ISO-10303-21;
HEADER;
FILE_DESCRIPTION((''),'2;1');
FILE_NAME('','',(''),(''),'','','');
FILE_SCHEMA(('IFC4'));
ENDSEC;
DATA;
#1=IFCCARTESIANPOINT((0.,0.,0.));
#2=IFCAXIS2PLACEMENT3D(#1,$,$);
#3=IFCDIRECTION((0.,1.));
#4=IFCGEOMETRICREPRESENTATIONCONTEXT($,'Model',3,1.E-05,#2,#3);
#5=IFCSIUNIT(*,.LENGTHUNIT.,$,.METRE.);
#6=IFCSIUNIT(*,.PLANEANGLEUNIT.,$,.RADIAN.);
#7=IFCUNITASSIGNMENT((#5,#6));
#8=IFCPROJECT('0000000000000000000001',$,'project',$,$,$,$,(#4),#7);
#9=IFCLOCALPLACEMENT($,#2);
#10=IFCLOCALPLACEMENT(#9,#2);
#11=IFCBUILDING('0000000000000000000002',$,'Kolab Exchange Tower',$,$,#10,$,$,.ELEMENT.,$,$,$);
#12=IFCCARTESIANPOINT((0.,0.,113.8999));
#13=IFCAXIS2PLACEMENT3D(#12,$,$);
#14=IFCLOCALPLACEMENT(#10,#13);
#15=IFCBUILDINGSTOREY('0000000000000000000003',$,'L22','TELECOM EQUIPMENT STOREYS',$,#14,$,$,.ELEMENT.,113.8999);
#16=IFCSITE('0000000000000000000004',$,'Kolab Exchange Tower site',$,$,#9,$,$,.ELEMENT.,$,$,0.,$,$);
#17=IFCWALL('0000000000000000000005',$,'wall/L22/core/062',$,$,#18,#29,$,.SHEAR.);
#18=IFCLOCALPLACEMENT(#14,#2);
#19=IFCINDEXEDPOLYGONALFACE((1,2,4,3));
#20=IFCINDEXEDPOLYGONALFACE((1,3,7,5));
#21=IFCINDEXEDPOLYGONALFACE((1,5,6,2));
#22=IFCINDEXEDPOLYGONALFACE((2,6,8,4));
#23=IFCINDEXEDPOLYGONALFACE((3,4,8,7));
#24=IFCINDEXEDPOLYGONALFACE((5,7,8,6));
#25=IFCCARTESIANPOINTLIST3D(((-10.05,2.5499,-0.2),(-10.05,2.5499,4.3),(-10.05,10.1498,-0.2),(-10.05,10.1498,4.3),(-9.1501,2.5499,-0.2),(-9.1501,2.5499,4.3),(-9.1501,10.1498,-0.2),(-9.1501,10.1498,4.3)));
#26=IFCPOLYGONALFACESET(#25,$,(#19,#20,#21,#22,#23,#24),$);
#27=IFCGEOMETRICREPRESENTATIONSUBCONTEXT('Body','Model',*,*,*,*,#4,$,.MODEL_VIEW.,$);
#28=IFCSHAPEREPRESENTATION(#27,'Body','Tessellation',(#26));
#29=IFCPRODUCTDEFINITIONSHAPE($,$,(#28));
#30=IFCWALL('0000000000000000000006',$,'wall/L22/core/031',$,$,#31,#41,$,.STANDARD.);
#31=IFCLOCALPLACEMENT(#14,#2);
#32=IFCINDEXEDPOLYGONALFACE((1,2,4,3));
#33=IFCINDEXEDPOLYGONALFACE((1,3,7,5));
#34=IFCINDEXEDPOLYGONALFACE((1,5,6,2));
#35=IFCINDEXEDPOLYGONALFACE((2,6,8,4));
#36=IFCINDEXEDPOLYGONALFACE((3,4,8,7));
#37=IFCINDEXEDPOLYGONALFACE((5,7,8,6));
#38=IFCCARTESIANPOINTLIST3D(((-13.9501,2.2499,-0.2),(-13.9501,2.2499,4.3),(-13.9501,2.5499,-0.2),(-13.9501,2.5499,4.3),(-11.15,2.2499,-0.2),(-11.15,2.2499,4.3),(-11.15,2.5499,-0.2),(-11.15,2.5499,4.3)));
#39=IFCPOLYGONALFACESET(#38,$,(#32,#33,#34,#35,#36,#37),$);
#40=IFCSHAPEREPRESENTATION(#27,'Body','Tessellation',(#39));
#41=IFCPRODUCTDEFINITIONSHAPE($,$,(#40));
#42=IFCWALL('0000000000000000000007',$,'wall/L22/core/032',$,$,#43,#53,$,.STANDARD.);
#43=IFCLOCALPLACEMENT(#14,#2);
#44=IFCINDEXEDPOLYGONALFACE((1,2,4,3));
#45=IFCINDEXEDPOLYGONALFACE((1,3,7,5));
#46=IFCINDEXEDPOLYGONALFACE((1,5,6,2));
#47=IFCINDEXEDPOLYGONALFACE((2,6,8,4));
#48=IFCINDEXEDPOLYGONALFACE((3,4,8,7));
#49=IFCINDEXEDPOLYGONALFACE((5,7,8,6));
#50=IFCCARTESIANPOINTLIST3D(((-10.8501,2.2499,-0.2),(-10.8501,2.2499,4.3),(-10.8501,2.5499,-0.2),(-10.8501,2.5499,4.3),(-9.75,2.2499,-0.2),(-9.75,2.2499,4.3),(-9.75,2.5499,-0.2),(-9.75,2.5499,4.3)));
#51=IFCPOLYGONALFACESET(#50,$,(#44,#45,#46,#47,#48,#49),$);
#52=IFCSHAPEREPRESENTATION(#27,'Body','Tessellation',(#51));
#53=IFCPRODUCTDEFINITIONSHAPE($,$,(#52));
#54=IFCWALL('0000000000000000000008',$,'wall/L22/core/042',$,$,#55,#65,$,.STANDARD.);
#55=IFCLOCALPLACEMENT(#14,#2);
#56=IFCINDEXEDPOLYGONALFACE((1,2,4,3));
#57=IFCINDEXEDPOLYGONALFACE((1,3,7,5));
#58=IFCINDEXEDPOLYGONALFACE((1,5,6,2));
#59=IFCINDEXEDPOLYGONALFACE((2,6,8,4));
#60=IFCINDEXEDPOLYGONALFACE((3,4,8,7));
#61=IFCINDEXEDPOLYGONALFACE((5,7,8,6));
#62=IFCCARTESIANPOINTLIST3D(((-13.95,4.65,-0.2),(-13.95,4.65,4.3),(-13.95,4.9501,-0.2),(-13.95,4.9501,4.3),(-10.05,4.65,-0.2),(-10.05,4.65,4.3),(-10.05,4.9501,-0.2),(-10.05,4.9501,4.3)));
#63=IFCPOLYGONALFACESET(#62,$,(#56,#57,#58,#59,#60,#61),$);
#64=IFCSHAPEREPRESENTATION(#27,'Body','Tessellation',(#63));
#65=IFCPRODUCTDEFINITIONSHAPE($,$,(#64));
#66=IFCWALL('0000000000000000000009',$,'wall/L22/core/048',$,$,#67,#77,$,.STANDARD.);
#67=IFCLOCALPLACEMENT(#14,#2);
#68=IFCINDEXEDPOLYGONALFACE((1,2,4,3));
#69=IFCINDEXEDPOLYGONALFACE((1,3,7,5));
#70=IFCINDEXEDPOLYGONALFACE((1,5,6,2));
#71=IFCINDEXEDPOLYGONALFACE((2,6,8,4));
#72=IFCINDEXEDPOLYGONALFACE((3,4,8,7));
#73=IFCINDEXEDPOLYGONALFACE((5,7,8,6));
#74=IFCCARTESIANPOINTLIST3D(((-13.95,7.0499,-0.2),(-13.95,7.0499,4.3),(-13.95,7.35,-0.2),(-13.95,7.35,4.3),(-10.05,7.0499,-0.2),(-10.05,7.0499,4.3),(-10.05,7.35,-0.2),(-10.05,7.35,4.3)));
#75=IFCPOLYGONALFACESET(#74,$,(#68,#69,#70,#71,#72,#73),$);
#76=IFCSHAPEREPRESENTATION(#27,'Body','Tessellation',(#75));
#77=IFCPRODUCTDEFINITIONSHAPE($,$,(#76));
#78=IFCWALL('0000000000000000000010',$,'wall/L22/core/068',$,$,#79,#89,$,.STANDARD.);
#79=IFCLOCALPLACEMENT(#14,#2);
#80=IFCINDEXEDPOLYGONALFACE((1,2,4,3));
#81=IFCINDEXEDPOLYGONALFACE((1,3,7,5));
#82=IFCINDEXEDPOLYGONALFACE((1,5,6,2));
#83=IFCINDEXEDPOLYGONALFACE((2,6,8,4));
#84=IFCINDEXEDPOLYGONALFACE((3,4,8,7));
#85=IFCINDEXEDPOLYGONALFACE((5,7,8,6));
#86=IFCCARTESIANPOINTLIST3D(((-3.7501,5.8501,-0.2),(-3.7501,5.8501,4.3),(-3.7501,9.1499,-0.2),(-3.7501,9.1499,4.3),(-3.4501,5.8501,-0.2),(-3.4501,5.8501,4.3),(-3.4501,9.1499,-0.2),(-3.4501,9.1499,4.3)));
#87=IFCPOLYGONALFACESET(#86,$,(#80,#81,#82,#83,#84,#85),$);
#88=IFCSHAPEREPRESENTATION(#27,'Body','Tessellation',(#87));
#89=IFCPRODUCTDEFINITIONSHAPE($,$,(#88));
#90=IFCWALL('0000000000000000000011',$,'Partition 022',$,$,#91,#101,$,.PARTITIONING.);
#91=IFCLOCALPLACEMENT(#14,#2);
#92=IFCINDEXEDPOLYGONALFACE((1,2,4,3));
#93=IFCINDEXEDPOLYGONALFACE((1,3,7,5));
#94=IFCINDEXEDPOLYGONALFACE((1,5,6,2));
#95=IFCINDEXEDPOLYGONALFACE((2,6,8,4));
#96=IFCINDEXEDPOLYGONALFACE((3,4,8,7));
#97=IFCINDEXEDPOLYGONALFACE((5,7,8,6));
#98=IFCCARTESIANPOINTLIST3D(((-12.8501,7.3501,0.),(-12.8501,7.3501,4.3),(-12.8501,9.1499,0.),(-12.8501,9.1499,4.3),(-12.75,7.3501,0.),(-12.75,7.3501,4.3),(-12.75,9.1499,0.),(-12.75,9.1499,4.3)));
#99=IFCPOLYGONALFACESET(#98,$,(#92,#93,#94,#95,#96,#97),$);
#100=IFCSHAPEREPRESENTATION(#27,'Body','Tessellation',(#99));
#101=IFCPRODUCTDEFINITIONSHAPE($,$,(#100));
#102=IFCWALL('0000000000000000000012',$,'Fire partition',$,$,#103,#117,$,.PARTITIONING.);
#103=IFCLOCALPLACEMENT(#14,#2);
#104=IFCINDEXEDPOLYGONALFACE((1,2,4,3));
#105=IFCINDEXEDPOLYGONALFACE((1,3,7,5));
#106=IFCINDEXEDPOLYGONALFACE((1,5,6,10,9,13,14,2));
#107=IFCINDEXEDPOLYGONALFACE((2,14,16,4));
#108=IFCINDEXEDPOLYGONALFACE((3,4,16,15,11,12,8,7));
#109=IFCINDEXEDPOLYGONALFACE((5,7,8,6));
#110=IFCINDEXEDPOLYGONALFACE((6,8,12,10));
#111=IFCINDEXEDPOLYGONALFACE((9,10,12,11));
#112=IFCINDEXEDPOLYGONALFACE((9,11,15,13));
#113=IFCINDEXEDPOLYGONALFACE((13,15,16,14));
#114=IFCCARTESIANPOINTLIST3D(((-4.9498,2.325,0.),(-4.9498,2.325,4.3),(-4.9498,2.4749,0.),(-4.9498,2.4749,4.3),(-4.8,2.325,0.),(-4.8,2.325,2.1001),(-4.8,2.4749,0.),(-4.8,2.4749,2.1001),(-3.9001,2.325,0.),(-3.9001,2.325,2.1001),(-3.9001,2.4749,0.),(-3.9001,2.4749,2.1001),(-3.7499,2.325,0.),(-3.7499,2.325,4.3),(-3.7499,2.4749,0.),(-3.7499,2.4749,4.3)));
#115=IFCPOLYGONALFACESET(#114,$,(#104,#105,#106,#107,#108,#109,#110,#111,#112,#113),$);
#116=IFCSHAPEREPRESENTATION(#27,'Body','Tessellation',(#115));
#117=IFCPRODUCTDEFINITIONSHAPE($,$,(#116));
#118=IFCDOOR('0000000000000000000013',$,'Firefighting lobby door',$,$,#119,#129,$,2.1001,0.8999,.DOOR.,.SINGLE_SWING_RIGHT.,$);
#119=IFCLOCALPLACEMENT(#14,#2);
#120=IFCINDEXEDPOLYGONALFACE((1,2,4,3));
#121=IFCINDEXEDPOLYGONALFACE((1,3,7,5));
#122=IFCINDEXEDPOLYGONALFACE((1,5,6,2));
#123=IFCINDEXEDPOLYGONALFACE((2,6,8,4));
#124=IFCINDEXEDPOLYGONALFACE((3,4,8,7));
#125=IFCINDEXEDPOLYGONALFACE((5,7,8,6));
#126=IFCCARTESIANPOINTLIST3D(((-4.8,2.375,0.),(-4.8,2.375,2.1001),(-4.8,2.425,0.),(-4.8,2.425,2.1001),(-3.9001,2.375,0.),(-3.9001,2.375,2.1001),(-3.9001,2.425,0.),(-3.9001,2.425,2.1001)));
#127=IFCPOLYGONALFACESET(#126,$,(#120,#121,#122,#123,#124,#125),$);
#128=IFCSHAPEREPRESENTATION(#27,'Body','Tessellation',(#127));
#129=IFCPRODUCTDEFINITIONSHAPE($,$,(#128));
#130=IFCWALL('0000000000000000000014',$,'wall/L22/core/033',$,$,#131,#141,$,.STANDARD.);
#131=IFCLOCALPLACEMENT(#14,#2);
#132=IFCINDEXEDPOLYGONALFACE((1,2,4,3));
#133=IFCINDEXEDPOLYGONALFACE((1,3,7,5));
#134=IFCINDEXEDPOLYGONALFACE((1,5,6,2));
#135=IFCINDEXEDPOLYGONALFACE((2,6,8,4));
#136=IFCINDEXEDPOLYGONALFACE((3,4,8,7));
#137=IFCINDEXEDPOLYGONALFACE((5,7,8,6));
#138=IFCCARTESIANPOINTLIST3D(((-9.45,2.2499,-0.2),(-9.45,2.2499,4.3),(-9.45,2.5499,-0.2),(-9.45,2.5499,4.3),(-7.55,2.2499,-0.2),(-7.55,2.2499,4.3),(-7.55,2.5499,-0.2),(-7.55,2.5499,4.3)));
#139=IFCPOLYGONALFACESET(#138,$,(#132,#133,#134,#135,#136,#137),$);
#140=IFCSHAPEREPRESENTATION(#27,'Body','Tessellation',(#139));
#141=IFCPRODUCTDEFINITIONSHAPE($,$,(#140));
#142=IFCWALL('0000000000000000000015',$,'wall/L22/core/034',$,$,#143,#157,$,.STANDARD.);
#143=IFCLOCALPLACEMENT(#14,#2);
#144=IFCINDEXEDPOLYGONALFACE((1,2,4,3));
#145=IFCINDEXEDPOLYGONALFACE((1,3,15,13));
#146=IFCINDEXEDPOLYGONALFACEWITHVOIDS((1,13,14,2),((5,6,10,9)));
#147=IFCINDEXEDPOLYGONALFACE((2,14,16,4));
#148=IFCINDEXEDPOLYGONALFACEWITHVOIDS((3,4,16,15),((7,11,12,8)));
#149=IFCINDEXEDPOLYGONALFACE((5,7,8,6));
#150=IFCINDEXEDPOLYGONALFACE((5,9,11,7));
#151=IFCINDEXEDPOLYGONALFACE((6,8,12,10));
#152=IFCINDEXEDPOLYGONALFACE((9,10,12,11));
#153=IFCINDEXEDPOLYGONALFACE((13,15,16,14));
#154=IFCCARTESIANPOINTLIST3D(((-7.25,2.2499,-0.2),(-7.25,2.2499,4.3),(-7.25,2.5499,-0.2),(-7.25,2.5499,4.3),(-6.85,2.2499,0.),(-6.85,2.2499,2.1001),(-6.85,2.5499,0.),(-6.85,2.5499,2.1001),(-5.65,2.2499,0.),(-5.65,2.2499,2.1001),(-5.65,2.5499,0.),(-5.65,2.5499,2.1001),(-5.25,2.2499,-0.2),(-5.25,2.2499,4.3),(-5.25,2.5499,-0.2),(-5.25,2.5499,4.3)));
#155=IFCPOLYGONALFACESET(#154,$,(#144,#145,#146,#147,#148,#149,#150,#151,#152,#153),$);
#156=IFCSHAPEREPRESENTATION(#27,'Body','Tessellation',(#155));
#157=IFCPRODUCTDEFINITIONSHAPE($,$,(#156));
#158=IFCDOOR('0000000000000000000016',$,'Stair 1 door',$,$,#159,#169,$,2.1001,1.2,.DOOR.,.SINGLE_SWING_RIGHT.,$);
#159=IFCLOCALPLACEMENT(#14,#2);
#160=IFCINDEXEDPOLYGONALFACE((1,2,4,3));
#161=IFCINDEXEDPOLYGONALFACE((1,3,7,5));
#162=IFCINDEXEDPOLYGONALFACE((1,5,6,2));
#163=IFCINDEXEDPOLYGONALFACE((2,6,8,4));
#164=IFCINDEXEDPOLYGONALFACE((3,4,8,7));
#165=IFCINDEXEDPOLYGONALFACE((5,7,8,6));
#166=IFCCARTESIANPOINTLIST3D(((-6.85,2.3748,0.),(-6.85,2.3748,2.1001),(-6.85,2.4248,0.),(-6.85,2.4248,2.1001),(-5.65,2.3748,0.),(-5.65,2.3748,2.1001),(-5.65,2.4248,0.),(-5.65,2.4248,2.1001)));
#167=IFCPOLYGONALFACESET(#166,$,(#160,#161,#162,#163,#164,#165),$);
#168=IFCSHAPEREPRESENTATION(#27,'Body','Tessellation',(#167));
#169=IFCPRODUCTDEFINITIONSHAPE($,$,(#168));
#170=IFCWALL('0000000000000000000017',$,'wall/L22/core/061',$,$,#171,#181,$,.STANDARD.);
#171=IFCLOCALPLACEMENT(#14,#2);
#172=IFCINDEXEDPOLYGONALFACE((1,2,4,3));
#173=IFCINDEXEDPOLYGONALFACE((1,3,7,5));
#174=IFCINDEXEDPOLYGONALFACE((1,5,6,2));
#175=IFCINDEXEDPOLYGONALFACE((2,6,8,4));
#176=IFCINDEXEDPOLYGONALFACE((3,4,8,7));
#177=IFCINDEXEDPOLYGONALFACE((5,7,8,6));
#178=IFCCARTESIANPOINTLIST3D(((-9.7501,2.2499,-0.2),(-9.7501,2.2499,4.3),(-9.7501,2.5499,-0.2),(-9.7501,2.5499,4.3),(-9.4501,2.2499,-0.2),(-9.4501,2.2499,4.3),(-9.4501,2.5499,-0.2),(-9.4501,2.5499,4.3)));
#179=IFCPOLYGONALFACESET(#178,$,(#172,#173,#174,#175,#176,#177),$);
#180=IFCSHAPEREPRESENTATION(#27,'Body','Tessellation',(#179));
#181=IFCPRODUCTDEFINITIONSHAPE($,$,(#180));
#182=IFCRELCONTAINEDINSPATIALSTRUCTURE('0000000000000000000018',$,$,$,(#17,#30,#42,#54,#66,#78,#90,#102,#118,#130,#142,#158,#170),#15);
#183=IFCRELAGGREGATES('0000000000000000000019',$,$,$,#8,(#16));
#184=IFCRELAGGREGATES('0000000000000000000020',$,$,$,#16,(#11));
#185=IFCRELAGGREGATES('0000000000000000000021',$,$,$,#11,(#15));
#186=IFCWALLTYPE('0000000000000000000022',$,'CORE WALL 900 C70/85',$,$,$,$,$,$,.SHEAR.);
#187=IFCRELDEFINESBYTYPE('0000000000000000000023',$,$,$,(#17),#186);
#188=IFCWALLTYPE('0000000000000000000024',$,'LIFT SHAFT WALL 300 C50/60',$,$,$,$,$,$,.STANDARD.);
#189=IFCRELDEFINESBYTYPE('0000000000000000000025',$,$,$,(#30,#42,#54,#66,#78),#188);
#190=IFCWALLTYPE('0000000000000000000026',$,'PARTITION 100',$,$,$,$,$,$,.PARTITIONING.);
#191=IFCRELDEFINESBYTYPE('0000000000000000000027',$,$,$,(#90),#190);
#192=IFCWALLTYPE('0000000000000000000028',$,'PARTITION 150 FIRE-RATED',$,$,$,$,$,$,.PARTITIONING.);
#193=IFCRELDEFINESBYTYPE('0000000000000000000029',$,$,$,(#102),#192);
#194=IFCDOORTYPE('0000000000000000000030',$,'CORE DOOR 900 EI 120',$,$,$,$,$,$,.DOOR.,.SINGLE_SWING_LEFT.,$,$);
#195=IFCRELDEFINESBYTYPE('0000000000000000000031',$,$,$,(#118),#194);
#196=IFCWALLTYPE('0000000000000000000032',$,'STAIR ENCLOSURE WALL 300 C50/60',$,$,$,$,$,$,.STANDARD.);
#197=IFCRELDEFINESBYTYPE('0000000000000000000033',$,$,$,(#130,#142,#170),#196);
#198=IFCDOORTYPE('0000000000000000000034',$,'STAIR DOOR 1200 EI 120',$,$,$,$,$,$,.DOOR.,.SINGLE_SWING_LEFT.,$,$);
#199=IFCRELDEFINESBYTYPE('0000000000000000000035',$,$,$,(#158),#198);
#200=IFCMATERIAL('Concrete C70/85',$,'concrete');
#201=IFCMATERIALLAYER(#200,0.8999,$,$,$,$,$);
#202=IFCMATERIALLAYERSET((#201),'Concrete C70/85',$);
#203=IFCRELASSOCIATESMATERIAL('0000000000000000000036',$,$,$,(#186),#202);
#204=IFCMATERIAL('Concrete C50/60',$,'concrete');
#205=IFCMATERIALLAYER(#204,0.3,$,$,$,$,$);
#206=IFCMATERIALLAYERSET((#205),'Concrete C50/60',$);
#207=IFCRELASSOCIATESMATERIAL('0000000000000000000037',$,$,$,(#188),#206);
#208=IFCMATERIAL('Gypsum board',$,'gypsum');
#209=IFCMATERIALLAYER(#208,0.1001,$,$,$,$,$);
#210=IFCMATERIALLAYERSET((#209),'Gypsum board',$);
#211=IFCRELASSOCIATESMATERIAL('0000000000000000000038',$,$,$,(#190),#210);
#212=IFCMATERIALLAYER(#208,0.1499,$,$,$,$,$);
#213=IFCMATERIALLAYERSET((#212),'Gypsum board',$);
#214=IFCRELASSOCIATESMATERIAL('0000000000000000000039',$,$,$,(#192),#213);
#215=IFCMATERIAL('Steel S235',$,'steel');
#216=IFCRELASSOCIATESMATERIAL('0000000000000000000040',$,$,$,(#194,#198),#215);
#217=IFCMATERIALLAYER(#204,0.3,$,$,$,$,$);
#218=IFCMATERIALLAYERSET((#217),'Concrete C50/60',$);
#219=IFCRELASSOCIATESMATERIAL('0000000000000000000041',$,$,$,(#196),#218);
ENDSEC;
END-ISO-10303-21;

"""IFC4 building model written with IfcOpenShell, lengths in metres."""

from ifc_helpers import new_model, si_unit, direction, frame, frame_2d, origin, place, context, subcontext, project, spatial, rectangle, extrude, material, layer, layer_set, type_object, element, fill, save


model = new_model("IFC4")

# Units and contexts
model_context = context("Model", 3, precision=1e-05, world=origin(), true_north=direction((0.0, 1.0)))
body_context = subcontext(model_context, "Body", "Model", "MODEL_VIEW")
ifc_project = project(units=[si_unit("LENGTHUNIT", "METRE"), si_unit("PLANEANGLEUNIT", "RADIAN")], contexts=[model_context])

# Site, building, storey
site_placement = place(None, origin())
site = spatial("IfcSite", under=ifc_project, at=site_placement, Name="Kolab Exchange Tower site", CompositionType="ELEMENT", RefElevation=0.0)
building_placement = place(site_placement, origin())
building = spatial("IfcBuilding", under=site, at=building_placement, Name="Kolab Exchange Tower", CompositionType="ELEMENT")
storey_placement = place(building_placement, frame((0.0, 0.0, 113.8999)))
storey = spatial("IfcBuildingStorey", under=building, at=storey_placement, Name="L22", Description="TELECOM EQUIPMENT STOREYS", CompositionType="ELEMENT", Elevation=113.8999)

# Walls
ifc_material_1 = material(Name="Concrete C70/85", Category="concrete")
ifc_layer_1 = layer(ifc_material_1, 0.8999)
ifc_layer_set_1 = layer_set([ifc_layer_1], Name="Concrete C70/85")
wall_type_1 = type_object("IfcWallType", Name="CORE WALL 900 C70/85", PredefinedType="SHEAR", material=ifc_layer_set_1)
wall_1_placement = place(storey_placement, frame((-9.6001, 2.55, -0.2), z_axis=(0.0, 0.0, 1.0), x_axis=(0.0, 1.0, 0.0)))
element("IfcWall", 1, at=wall_1_placement, inside=storey, type_object=wall_type_1, Name="wall/L22/core/062", PredefinedType="SHEAR", context=body_context, shape_type="SweptSolid", body=[
    extrude(rectangle(XDim=7.5999, YDim=0.8999, at=frame_2d((3.7998, 0.0))), origin(), (0.0, 0.0, 1.0), 4.5),
])
ifc_material_2 = material(Name="Concrete C50/60", Category="concrete")
ifc_layer_2 = layer(ifc_material_2, 0.3)
ifc_layer_set_2 = layer_set([ifc_layer_2], Name="Concrete C50/60")
wall_type_2 = type_object("IfcWallType", Name="LIFT SHAFT WALL 300 C50/60", PredefinedType="STANDARD", material=ifc_layer_set_2)
wall_2_placement = place(storey_placement, frame((-13.95, 2.3999, -0.2), z_axis=(0.0, 0.0, 1.0), x_axis=(1.0, 0.0, 0.0)))
element("IfcWall", 2, at=wall_2_placement, inside=storey, type_object=wall_type_2, Name="wall/L22/core/031", PredefinedType="STANDARD", context=body_context, shape_type="SweptSolid", body=[
    extrude(rectangle(XDim=2.8, YDim=0.3, at=frame_2d((1.3999, 0.0))), origin(), (0.0, 0.0, 1.0), 4.5),
])
wall_3_placement = place(storey_placement, frame((-10.8501, 2.3999, -0.2), z_axis=(0.0, 0.0, 1.0), x_axis=(1.0, 0.0, 0.0)))
element("IfcWall", 3, at=wall_3_placement, inside=storey, type_object=wall_type_2, Name="wall/L22/core/032", PredefinedType="STANDARD", context=body_context, shape_type="SweptSolid", body=[
    extrude(rectangle(XDim=1.1001, YDim=0.3, at=frame_2d((0.55, 0.0))), origin(), (0.0, 0.0, 1.0), 4.5),
])
for number, where, z_axis, x_axis, name in (
    (4, (-13.95, 4.8, -0.2), (0.0, 0.0, 1.0), (1.0, 0.0, 0.0), "wall/L22/core/042"),
    (5, (-13.95, 7.2, -0.2), (0.0, 0.0, 1.0), (1.0, 0.0, 0.0), "wall/L22/core/048"),
):
    element("IfcWall", number, at=place(storey_placement, frame(where, z_axis=z_axis, x_axis=x_axis)), inside=storey, type_object=wall_type_2, Name=name, PredefinedType="STANDARD", context=body_context, shape_type="SweptSolid", body=[
        extrude(rectangle(XDim=3.8999, YDim=0.3, at=frame_2d((1.95, 0.0))), origin(), (0.0, 0.0, 1.0), 4.5),
    ])
wall_4_placement = place(storey_placement, frame((-3.6001, 5.8501, -0.2), z_axis=(0.0, 0.0, 1.0), x_axis=(0.0, 1.0, 0.0)))
element("IfcWall", 6, at=wall_4_placement, inside=storey, type_object=wall_type_2, Name="wall/L22/core/068", PredefinedType="STANDARD", context=body_context, shape_type="SweptSolid", body=[
    extrude(rectangle(XDim=3.2998, YDim=0.3, at=frame_2d((1.6499, 0.0))), origin(), (0.0, 0.0, 1.0), 4.5),
])
ifc_material_3 = material(Name="Gypsum board", Category="gypsum")
ifc_layer_3 = layer(ifc_material_3, 0.1001)
ifc_layer_set_3 = layer_set([ifc_layer_3], Name="Gypsum board")
wall_type_3 = type_object("IfcWallType", Name="PARTITION 100", PredefinedType="PARTITIONING", material=ifc_layer_set_3)
wall_5_placement = place(storey_placement, frame((-12.8, 7.3501, 0.0), z_axis=(0.0, 0.0, 1.0), x_axis=(0.0, 1.0, 0.0)))
element("IfcWall", 7, at=wall_5_placement, inside=storey, type_object=wall_type_3, Name="Partition 022", PredefinedType="PARTITIONING", context=body_context, shape_type="SweptSolid", body=[
    extrude(rectangle(XDim=1.7998, YDim=0.1001, at=frame_2d((0.8999, 0.0))), origin(), (0.0, 0.0, 1.0), 4.3),
])

# Wall, opening, door
ifc_layer_4 = layer(ifc_material_3, 0.1499)
ifc_layer_set_4 = layer_set([ifc_layer_4], Name="Gypsum board")
wall_type_4 = type_object("IfcWallType", Name="PARTITION 150 FIRE-RATED", PredefinedType="PARTITIONING", material=ifc_layer_set_4)
wall_6_placement = place(storey_placement, frame((-4.95, 2.3999, 0.0), z_axis=(0.0, 0.0, 1.0), x_axis=(1.0, 0.0, 0.0)))
wall_6 = element("IfcWall", 8, at=wall_6_placement, inside=storey, type_object=wall_type_4, Name="Fire partition", PredefinedType="PARTITIONING", context=body_context, shape_type="SweptSolid", body=[
    extrude(rectangle(XDim=1.2, YDim=0.1499, at=frame_2d((0.6001, 0.0))), origin(), (0.0, 0.0, 1.0), 4.3),
])
opening_1_placement = place(wall_6_placement, frame((0.1499, 0.0, 0.0)))
opening_1 = element("IfcOpeningElement", 9, at=opening_1_placement, cuts=wall_6, PredefinedType="OPENING", context=body_context, shape_type="SweptSolid", body=[
    extrude(rectangle(XDim=0.8999, YDim=2.1001, at=frame_2d((0.45, 1.05))), frame((0.0, 0.085, 0.0), z_axis=(0.0, -1.0, 0.0), x_axis=(1.0, 0.0, 0.0)), (0.0, 0.0, 1.0), 0.1699),
])
ifc_material_4 = material(Name="Steel S235", Category="steel")
door_type_1 = type_object("IfcDoorType", Name="CORE DOOR 900 EI 120", OperationType="SINGLE_SWING_LEFT", PredefinedType="DOOR", material=ifc_material_4)
door_1_placement = place(opening_1_placement, frame((0.8999, 0.0, 0.0), z_axis=(0.0, 0.0, 1.0), x_axis=(-1.0, 0.0, 0.0)))
door_1 = element("IfcDoor", 10, at=door_1_placement, inside=storey, type_object=door_type_1, Name="Firefighting lobby door", OperationType="SINGLE_SWING_RIGHT", OverallHeight=2.1001, OverallWidth=0.8999, PredefinedType="DOOR", context=body_context, shape_type="SweptSolid", body=[
    extrude(rectangle(XDim=0.8999, YDim=2.1001, at=frame_2d((0.45, 1.05))), frame((0.0, 0.0249, 0.0), z_axis=(0.0, -1.0, 0.0), x_axis=(1.0, 0.0, 0.0)), (0.0, 0.0, 1.0), 0.05),
])
fill(opening_1, door_1)

# Wall
ifc_layer_5 = layer(ifc_material_2, 0.3)
ifc_layer_set_5 = layer_set([ifc_layer_5], Name="Concrete C50/60")
wall_type_5 = type_object("IfcWallType", Name="STAIR ENCLOSURE WALL 300 C50/60", PredefinedType="STANDARD", material=ifc_layer_set_5)
wall_7_placement = place(storey_placement, frame((-9.45, 2.3999, -0.2), z_axis=(0.0, 0.0, 1.0), x_axis=(1.0, 0.0, 0.0)))
element("IfcWall", 11, at=wall_7_placement, inside=storey, type_object=wall_type_5, Name="wall/L22/core/033", PredefinedType="STANDARD", context=body_context, shape_type="SweptSolid", body=[
    extrude(rectangle(XDim=1.8999, YDim=0.3, at=frame_2d((0.95, 0.0))), origin(), (0.0, 0.0, 1.0), 4.5),
])

# Wall, opening, door
wall_8_placement = place(storey_placement, frame((-7.25, 2.3999, -0.2), z_axis=(0.0, 0.0, 1.0), x_axis=(1.0, 0.0, 0.0)))
wall_8 = element("IfcWall", 12, at=wall_8_placement, inside=storey, type_object=wall_type_5, Name="wall/L22/core/034", PredefinedType="STANDARD", context=body_context, shape_type="SweptSolid", body=[
    extrude(rectangle(XDim=2.0, YDim=0.3, at=frame_2d((1.0, 0.0))), origin(), (0.0, 0.0, 1.0), 4.5),
])
opening_2_placement = place(wall_8_placement, frame((0.3999, 0.0, 0.2)))
opening_2 = element("IfcOpeningElement", 13, at=opening_2_placement, cuts=wall_8, PredefinedType="OPENING", context=body_context, shape_type="SweptSolid", body=[
    extrude(rectangle(XDim=1.2, YDim=2.1001, at=frame_2d((0.6001, 1.05))), frame((0.0, 0.1602, 0.0), z_axis=(0.0, -1.0, 0.0), x_axis=(1.0, 0.0, 0.0)), (0.0, 0.0, 1.0), 0.3201),
])
door_type_2 = type_object("IfcDoorType", Name="STAIR DOOR 1200 EI 120", OperationType="SINGLE_SWING_LEFT", PredefinedType="DOOR", material=ifc_material_4)
door_2_placement = place(opening_2_placement, origin())
door_2 = element("IfcDoor", 14, at=door_2_placement, inside=storey, type_object=door_type_2, Name="Stair 1 door", OperationType="SINGLE_SWING_RIGHT", OverallHeight=2.1001, OverallWidth=1.2, PredefinedType="DOOR", context=body_context, shape_type="SweptSolid", body=[
    extrude(rectangle(XDim=1.2, YDim=2.1001, at=frame_2d((0.6001, 1.05))), frame((0.0, 0.0249, 0.0), z_axis=(0.0, -1.0, 0.0), x_axis=(1.0, 0.0, 0.0)), (0.0, 0.0, 1.0), 0.05),
])
fill(opening_2, door_2)

# Wall
wall_9_placement = place(storey_placement, frame((-9.6001, 2.25, -0.2), z_axis=(0.0, 0.0, 1.0), x_axis=(0.0, 1.0, 0.0)))
element("IfcWall", 15, at=wall_9_placement, inside=storey, type_object=wall_type_5, Name="wall/L22/core/061", PredefinedType="STANDARD", context=body_context, shape_type="SweptSolid", body=[
    extrude(rectangle(XDim=0.3, YDim=0.3, at=frame_2d((0.1499, 0.0))), origin(), (0.0, 0.0, 1.0), 4.5),
])

save(model, "model.ifc")
